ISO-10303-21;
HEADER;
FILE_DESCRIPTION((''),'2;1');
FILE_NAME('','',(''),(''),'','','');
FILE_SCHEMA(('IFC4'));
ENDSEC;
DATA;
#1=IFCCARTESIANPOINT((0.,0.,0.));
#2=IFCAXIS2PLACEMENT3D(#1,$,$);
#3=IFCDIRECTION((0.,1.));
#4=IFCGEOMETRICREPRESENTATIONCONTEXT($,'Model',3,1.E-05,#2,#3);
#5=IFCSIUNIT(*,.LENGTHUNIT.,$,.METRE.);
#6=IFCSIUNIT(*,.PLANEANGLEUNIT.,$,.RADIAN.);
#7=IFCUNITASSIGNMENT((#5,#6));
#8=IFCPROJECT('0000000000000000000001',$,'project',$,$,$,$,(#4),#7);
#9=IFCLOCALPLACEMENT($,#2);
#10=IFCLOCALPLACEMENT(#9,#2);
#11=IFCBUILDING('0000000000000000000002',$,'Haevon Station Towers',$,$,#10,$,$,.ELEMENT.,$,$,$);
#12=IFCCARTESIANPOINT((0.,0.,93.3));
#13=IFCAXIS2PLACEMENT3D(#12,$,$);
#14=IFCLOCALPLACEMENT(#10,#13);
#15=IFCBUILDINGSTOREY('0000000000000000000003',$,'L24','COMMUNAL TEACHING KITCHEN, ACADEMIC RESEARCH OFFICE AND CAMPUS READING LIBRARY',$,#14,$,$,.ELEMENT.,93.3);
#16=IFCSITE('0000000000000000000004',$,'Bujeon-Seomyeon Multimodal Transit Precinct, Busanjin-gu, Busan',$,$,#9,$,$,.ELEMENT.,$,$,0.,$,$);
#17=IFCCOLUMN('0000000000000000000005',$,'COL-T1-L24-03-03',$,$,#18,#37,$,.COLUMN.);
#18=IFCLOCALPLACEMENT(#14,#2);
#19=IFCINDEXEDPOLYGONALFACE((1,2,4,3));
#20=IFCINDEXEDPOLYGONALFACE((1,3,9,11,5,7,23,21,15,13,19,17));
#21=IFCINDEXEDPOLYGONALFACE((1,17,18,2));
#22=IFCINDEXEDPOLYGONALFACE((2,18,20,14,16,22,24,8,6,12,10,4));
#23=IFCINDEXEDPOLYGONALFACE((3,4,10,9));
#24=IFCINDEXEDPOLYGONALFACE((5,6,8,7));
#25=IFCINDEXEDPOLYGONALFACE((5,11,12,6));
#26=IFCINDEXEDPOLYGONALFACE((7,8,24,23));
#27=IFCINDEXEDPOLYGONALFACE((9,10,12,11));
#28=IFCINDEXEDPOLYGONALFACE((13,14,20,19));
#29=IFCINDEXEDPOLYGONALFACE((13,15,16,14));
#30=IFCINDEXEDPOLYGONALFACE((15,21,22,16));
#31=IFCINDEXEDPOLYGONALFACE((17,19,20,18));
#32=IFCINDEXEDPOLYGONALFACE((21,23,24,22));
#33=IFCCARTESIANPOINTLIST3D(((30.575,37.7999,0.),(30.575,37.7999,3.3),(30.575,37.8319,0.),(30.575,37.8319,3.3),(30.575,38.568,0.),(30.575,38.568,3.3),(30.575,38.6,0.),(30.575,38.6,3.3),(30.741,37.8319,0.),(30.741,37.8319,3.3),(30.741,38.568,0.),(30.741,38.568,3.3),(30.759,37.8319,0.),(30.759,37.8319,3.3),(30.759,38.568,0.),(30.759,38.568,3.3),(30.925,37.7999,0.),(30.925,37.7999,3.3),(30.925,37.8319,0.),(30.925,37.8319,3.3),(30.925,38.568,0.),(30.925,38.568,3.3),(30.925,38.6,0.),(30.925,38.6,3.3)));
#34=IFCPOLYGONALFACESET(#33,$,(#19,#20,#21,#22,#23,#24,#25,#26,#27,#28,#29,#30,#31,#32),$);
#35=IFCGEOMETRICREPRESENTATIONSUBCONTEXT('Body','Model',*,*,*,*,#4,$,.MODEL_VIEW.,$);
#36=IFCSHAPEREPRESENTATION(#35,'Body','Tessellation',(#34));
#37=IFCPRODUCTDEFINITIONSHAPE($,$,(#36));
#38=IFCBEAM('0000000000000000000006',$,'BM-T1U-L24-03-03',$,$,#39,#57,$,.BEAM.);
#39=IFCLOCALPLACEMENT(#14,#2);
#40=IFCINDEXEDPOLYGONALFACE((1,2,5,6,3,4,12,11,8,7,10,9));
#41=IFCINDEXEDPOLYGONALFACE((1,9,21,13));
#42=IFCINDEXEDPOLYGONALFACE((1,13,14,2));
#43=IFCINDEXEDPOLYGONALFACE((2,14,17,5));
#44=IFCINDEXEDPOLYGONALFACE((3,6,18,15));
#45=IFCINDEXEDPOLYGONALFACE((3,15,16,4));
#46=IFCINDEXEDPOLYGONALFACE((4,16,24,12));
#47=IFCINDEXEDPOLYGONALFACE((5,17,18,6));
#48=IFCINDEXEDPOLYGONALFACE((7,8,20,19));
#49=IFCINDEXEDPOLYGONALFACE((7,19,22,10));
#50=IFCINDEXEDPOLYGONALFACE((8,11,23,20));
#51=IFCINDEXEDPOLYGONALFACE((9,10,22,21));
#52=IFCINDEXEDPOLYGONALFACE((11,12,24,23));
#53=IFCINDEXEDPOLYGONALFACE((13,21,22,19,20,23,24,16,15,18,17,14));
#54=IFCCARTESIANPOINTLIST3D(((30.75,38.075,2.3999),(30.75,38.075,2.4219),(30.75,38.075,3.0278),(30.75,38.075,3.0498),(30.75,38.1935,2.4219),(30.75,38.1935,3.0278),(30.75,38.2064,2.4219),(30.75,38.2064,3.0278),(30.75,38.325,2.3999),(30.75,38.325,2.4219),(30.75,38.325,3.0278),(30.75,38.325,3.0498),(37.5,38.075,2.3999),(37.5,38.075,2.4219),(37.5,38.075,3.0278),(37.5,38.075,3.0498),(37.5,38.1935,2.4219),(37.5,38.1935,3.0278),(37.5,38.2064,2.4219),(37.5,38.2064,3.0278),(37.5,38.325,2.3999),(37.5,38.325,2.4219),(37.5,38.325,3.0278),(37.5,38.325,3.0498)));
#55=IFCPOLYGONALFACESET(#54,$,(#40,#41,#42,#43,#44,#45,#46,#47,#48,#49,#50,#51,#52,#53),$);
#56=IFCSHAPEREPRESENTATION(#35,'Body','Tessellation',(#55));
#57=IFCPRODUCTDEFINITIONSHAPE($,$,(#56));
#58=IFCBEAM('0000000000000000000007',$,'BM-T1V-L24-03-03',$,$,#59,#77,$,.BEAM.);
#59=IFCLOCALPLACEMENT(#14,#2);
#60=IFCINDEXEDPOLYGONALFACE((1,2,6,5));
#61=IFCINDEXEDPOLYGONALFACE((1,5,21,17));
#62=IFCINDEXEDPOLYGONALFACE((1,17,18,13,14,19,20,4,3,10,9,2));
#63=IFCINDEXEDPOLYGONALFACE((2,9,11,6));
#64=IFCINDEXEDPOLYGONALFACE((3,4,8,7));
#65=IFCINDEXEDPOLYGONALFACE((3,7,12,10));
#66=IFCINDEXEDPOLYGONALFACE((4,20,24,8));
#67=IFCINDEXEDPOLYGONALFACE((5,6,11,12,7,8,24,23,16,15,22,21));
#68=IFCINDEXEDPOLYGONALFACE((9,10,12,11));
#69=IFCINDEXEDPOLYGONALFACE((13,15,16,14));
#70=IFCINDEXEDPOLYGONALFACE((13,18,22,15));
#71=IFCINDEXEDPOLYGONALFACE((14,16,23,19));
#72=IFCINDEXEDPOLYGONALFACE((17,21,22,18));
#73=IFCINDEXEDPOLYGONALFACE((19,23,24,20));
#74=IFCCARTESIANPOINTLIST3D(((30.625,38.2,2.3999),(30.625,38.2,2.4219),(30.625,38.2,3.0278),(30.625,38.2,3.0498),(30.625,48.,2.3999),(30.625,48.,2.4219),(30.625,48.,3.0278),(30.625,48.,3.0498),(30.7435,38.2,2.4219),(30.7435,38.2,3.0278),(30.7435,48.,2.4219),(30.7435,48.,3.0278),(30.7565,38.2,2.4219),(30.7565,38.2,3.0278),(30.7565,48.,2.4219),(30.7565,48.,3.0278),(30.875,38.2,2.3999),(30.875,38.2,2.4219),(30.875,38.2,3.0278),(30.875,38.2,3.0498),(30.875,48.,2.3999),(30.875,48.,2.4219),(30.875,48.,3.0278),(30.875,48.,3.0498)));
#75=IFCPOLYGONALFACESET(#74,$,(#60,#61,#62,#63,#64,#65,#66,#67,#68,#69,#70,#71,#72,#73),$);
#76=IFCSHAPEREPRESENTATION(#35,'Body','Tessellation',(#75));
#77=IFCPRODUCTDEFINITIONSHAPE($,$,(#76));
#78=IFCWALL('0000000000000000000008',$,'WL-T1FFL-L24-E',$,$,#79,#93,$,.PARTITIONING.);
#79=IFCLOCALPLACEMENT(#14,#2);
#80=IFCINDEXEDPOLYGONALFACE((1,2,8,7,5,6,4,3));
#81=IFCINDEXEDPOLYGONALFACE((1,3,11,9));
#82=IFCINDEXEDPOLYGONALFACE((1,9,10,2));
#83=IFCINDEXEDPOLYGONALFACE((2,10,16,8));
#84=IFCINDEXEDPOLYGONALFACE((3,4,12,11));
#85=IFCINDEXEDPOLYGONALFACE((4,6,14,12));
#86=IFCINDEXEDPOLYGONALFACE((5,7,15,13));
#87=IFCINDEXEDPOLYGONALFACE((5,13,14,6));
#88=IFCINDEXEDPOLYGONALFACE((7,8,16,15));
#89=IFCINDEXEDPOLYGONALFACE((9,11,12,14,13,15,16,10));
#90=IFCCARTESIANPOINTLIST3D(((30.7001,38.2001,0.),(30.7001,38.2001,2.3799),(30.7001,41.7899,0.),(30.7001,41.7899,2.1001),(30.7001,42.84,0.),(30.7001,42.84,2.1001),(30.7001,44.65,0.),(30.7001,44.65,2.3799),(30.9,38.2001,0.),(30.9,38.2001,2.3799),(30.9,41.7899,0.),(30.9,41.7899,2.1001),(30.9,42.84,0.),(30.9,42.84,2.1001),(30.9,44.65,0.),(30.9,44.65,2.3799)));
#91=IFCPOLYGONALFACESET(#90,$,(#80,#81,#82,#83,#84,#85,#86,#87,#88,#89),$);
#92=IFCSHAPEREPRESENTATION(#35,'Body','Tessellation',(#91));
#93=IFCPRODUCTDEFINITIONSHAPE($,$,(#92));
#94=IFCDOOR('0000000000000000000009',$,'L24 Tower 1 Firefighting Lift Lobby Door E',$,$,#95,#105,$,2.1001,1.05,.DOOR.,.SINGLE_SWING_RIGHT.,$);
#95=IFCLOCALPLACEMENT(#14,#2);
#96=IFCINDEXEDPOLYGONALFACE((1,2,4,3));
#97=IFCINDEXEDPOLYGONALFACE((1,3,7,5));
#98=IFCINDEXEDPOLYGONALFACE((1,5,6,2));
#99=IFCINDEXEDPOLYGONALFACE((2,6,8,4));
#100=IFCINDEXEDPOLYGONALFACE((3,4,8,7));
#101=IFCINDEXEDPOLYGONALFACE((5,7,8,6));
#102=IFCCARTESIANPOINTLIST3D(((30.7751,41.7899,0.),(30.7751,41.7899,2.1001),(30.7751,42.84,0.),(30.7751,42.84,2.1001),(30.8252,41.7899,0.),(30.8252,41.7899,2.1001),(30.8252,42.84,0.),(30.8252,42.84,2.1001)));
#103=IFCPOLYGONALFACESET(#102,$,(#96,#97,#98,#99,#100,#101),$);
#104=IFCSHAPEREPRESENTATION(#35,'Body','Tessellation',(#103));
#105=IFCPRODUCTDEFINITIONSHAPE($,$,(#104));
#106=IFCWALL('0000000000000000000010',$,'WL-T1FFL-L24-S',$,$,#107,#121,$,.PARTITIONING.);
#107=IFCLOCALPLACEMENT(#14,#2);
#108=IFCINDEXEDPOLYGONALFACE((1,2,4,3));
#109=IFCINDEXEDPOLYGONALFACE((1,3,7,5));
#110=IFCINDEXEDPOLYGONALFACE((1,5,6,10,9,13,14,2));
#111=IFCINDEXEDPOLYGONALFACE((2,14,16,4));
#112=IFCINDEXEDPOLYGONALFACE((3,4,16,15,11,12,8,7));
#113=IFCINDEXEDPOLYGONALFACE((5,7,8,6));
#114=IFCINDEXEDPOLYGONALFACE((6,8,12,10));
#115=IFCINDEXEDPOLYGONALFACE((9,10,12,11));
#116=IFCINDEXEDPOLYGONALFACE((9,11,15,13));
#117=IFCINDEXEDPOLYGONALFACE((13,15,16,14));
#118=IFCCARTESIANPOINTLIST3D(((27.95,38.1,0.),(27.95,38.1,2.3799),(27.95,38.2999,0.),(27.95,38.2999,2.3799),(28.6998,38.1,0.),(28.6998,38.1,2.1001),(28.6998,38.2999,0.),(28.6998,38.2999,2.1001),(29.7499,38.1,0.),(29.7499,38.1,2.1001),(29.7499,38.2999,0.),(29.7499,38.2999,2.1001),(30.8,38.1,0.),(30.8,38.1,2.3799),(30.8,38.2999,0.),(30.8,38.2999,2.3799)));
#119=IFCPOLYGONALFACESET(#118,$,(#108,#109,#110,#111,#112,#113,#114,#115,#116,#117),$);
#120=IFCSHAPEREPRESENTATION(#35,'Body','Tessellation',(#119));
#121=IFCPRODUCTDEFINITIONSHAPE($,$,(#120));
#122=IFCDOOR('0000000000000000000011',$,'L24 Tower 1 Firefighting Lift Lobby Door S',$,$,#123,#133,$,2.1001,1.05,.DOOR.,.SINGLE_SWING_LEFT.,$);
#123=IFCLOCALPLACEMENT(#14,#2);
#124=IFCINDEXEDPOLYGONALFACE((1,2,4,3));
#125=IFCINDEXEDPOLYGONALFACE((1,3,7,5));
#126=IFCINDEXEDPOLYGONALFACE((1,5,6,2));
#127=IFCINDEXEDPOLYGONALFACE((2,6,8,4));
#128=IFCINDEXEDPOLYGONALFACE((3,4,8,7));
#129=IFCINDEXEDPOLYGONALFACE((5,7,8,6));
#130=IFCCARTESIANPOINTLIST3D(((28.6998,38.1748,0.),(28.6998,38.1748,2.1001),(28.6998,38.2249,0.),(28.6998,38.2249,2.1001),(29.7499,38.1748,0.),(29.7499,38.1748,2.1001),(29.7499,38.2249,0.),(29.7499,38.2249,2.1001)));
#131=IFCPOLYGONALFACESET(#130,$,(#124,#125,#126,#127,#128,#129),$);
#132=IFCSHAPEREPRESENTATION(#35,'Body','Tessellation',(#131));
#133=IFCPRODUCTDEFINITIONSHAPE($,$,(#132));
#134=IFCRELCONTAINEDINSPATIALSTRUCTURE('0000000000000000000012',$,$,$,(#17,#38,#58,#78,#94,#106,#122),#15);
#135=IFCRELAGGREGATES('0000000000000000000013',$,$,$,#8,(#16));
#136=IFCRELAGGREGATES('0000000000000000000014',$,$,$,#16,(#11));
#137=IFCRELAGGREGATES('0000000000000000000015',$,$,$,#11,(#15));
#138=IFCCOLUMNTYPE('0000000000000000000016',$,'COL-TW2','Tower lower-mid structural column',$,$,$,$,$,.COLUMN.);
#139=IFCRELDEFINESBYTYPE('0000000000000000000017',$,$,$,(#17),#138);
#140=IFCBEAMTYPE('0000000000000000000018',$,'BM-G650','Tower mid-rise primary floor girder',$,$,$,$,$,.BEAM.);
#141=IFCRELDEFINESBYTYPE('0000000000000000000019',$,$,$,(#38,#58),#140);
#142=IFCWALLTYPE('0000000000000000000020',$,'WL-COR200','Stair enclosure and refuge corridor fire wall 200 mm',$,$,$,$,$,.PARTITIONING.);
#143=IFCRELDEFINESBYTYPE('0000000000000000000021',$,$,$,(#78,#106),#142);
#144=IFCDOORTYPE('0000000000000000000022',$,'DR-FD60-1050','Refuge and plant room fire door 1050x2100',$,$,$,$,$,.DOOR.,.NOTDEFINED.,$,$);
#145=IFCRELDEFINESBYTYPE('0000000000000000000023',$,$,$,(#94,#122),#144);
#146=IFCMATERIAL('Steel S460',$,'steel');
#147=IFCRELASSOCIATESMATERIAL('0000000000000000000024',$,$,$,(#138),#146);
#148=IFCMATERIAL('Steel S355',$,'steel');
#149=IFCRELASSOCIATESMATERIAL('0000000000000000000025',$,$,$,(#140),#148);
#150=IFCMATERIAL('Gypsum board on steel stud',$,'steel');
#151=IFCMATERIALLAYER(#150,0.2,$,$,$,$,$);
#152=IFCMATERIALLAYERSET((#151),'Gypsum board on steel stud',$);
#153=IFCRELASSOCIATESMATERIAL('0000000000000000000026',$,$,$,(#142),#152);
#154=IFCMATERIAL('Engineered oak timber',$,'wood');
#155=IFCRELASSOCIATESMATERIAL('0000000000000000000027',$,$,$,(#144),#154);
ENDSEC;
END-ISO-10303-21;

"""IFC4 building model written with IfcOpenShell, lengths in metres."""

from ifc_helpers import new_model, si_unit, direction, frame, frame_2d, origin, origin_2d, place, context, subcontext, project, spatial, rectangle, i_section, extrude, material, layer, layer_set, material_profile, profile_set, type_object, element, fill, save


model = new_model("IFC4")

# Units and contexts
model_context = context("Model", 3, precision=1e-05, world=origin(), true_north=direction((0.0, 1.0)))
body_context = subcontext(model_context, "Body", "Model", "MODEL_VIEW")
ifc_project = project(units=[si_unit("LENGTHUNIT", "METRE"), si_unit("PLANEANGLEUNIT", "RADIAN")], contexts=[model_context])

# Site, building, storey
site_placement = place(None, origin())
site = spatial("IfcSite", under=ifc_project, at=site_placement, Name="Bujeon-Seomyeon Multimodal Transit Precinct, Busanjin-gu, Busan", CompositionType="ELEMENT", RefElevation=0.0)
building_placement = place(site_placement, origin())
building = spatial("IfcBuilding", under=site, at=building_placement, Name="Haevon Station Towers", CompositionType="ELEMENT")
storey_placement = place(building_placement, frame((0.0, 0.0, 93.3)))
storey = spatial("IfcBuildingStorey", under=building, at=storey_placement, Name="L24", Description="COMMUNAL TEACHING KITCHEN, ACADEMIC RESEARCH OFFICE AND CAMPUS READING LIBRARY", CompositionType="ELEMENT", Elevation=93.3)

# Column
ifc_material_1 = material(Name="Steel S460", Category="steel")
ifc_material_profile_1 = material_profile(ifc_material_1, i_section(OverallWidth=0.3501, OverallDepth=0.8, WebThickness=0.0181, FlangeThickness=0.032, at=origin_2d()), Name="H-800x350x18x32")
ifc_profile_set_1 = profile_set([ifc_material_profile_1], Name="Steel S460")
column_type = type_object("IfcColumnType", Name="COL-TW2", Description="Tower lower-mid structural column", PredefinedType="COLUMN", material=ifc_profile_set_1)
column_placement = place(storey_placement, frame((30.75, 38.2, 0.0), z_axis=(0.0, 0.0, 1.0), x_axis=(1.0, 0.0, 0.0)))
element("IfcColumn", 1, at=column_placement, inside=storey, type_object=column_type, Name="COL-T1-L24-03-03", PredefinedType="COLUMN", context=body_context, shape_type="SweptSolid", body=[
    extrude(i_section(OverallWidth=0.3501, OverallDepth=0.8, WebThickness=0.0181, FlangeThickness=0.032, at=origin_2d()), origin(), (0.0, 0.0, 1.0), 3.3),
])

# Beams
ifc_material_2 = material(Name="Steel S355", Category="steel")
ifc_material_profile_2 = material_profile(ifc_material_2, i_section(OverallWidth=0.25, OverallDepth=0.6499, WebThickness=0.0129, FlangeThickness=0.022, at=origin_2d()), Name="H-650x250x13x22")
ifc_profile_set_2 = profile_set([ifc_material_profile_2], Name="Steel S355")
beam_type = type_object("IfcBeamType", Name="BM-G650", Description="Tower mid-rise primary floor girder", PredefinedType="BEAM", material=ifc_profile_set_2)
beam_1_placement = place(storey_placement, frame((30.75, 38.2, 2.7249), z_axis=(1.0, 0.0, 0.0), x_axis=(0.0, 1.0, 0.0)))
element("IfcBeam", 2, at=beam_1_placement, inside=storey, type_object=beam_type, Name="BM-T1U-L24-03-03", PredefinedType="BEAM", context=body_context, shape_type="SweptSolid", body=[
    extrude(i_section(OverallWidth=0.25, OverallDepth=0.6499, WebThickness=0.0129, FlangeThickness=0.022, at=origin_2d()), origin(), (0.0, 0.0, 1.0), 6.75),
])
beam_2_placement = place(storey_placement, frame((30.75, 38.2, 2.7249), z_axis=(0.0, 1.0, 0.0), x_axis=(-1.0, 0.0, 0.0)))
element("IfcBeam", 3, at=beam_2_placement, inside=storey, type_object=beam_type, Name="BM-T1V-L24-03-03", PredefinedType="BEAM", context=body_context, shape_type="SweptSolid", body=[
    extrude(i_section(OverallWidth=0.25, OverallDepth=0.6499, WebThickness=0.0129, FlangeThickness=0.022, at=origin_2d()), origin(), (0.0, 0.0, 1.0), 9.8),
])

# Walls, openings, doors
ifc_material_3 = material(Name="Gypsum board on steel stud", Category="steel")
ifc_layer_1 = layer(ifc_material_3, 0.2)
ifc_layer_set_1 = layer_set([ifc_layer_1], Name="Gypsum board on steel stud")
wall_type_1 = type_object("IfcWallType", Name="WL-COR200", Description="Stair enclosure and refuge corridor fire wall 200 mm", PredefinedType="PARTITIONING", material=ifc_layer_set_1)
wall_1_placement = place(storey_placement, frame((30.8, 38.2, 0.0), z_axis=(0.0, 0.0, 1.0), x_axis=(0.0, 1.0, 0.0)))
wall_1 = element("IfcWall", 4, at=wall_1_placement, inside=storey, type_object=wall_type_1, Name="WL-T1FFL-L24-E", PredefinedType="PARTITIONING", context=body_context, shape_type="SweptSolid", body=[
    extrude(rectangle(XDim=6.45, YDim=0.2, at=frame_2d((3.2251, 0.0))), origin(), (0.0, 0.0, 1.0), 2.3799),
])
opening_1_placement = place(wall_1_placement, frame((3.5901, 0.0, 0.0)))
opening_1 = element("IfcOpeningElement", 5, at=opening_1_placement, cuts=wall_1, PredefinedType="OPENING", context=body_context, shape_type="SweptSolid", body=[
    extrude(rectangle(XDim=1.05, YDim=2.1001, at=frame_2d((0.5249, 1.05))), frame((0.0, 0.1099, 0.0), z_axis=(0.0, -1.0, 0.0), x_axis=(1.0, 0.0, 0.0)), (0.0, 0.0, 1.0), 0.22),
])
ifc_material_4 = material(Name="Engineered oak timber", Category="wood")
door_type_1 = type_object("IfcDoorType", Name="DR-FD60-1050", Description="Refuge and plant room fire door 1050x2100", OperationType="NOTDEFINED", PredefinedType="DOOR", material=ifc_material_4)
door_1_placement = place(opening_1_placement, origin())
door_1 = element("IfcDoor", 6, at=door_1_placement, inside=storey, type_object=door_type_1, Name="L24 Tower 1 Firefighting Lift Lobby Door E", OperationType="SINGLE_SWING_RIGHT", OverallHeight=2.1001, OverallWidth=1.05, PredefinedType="DOOR", context=body_context, shape_type="SweptSolid", body=[
    extrude(rectangle(XDim=1.05, YDim=2.1001, at=frame_2d((0.5249, 1.05))), frame((0.0, 0.0249, 0.0), z_axis=(0.0, -1.0, 0.0), x_axis=(1.0, 0.0, 0.0)), (0.0, 0.0, 1.0), 0.05),
])
fill(opening_1, door_1)
wall_2_placement = place(storey_placement, frame((27.95, 38.2, 0.0), z_axis=(0.0, 0.0, 1.0), x_axis=(1.0, 0.0, 0.0)))
wall_2 = element("IfcWall", 7, at=wall_2_placement, inside=storey, type_object=wall_type_1, Name="WL-T1FFL-L24-S", PredefinedType="PARTITIONING", context=body_context, shape_type="SweptSolid", body=[
    extrude(rectangle(XDim=2.8501, YDim=0.2, at=frame_2d((1.425, 0.0))), origin(), (0.0, 0.0, 1.0), 2.3799),
])
opening_2_placement = place(wall_2_placement, frame((0.75, 0.0, 0.0)))
opening_2 = element("IfcOpeningElement", 8, at=opening_2_placement, cuts=wall_2, PredefinedType="OPENING", context=body_context, shape_type="SweptSolid", body=[
    extrude(rectangle(XDim=1.05, YDim=2.1001, at=frame_2d((0.5249, 1.05))), frame((0.0, 0.1099, 0.0), z_axis=(0.0, -1.0, 0.0), x_axis=(1.0, 0.0, 0.0)), (0.0, 0.0, 1.0), 0.22),
])
door_2_placement = place(opening_2_placement, origin())
door_2 = element("IfcDoor", 9, at=door_2_placement, inside=storey, type_object=door_type_1, Name="L24 Tower 1 Firefighting Lift Lobby Door S", OperationType="SINGLE_SWING_LEFT", OverallHeight=2.1001, OverallWidth=1.05, PredefinedType="DOOR", context=body_context, shape_type="SweptSolid", body=[
    extrude(rectangle(XDim=1.05, YDim=2.1001, at=frame_2d((0.5249, 1.05))), frame((0.0, 0.0249, 0.0), z_axis=(0.0, -1.0, 0.0), x_axis=(1.0, 0.0, 0.0)), (0.0, 0.0, 1.0), 0.05),
])
fill(opening_2, door_2)

save(model, "model.ifc")
